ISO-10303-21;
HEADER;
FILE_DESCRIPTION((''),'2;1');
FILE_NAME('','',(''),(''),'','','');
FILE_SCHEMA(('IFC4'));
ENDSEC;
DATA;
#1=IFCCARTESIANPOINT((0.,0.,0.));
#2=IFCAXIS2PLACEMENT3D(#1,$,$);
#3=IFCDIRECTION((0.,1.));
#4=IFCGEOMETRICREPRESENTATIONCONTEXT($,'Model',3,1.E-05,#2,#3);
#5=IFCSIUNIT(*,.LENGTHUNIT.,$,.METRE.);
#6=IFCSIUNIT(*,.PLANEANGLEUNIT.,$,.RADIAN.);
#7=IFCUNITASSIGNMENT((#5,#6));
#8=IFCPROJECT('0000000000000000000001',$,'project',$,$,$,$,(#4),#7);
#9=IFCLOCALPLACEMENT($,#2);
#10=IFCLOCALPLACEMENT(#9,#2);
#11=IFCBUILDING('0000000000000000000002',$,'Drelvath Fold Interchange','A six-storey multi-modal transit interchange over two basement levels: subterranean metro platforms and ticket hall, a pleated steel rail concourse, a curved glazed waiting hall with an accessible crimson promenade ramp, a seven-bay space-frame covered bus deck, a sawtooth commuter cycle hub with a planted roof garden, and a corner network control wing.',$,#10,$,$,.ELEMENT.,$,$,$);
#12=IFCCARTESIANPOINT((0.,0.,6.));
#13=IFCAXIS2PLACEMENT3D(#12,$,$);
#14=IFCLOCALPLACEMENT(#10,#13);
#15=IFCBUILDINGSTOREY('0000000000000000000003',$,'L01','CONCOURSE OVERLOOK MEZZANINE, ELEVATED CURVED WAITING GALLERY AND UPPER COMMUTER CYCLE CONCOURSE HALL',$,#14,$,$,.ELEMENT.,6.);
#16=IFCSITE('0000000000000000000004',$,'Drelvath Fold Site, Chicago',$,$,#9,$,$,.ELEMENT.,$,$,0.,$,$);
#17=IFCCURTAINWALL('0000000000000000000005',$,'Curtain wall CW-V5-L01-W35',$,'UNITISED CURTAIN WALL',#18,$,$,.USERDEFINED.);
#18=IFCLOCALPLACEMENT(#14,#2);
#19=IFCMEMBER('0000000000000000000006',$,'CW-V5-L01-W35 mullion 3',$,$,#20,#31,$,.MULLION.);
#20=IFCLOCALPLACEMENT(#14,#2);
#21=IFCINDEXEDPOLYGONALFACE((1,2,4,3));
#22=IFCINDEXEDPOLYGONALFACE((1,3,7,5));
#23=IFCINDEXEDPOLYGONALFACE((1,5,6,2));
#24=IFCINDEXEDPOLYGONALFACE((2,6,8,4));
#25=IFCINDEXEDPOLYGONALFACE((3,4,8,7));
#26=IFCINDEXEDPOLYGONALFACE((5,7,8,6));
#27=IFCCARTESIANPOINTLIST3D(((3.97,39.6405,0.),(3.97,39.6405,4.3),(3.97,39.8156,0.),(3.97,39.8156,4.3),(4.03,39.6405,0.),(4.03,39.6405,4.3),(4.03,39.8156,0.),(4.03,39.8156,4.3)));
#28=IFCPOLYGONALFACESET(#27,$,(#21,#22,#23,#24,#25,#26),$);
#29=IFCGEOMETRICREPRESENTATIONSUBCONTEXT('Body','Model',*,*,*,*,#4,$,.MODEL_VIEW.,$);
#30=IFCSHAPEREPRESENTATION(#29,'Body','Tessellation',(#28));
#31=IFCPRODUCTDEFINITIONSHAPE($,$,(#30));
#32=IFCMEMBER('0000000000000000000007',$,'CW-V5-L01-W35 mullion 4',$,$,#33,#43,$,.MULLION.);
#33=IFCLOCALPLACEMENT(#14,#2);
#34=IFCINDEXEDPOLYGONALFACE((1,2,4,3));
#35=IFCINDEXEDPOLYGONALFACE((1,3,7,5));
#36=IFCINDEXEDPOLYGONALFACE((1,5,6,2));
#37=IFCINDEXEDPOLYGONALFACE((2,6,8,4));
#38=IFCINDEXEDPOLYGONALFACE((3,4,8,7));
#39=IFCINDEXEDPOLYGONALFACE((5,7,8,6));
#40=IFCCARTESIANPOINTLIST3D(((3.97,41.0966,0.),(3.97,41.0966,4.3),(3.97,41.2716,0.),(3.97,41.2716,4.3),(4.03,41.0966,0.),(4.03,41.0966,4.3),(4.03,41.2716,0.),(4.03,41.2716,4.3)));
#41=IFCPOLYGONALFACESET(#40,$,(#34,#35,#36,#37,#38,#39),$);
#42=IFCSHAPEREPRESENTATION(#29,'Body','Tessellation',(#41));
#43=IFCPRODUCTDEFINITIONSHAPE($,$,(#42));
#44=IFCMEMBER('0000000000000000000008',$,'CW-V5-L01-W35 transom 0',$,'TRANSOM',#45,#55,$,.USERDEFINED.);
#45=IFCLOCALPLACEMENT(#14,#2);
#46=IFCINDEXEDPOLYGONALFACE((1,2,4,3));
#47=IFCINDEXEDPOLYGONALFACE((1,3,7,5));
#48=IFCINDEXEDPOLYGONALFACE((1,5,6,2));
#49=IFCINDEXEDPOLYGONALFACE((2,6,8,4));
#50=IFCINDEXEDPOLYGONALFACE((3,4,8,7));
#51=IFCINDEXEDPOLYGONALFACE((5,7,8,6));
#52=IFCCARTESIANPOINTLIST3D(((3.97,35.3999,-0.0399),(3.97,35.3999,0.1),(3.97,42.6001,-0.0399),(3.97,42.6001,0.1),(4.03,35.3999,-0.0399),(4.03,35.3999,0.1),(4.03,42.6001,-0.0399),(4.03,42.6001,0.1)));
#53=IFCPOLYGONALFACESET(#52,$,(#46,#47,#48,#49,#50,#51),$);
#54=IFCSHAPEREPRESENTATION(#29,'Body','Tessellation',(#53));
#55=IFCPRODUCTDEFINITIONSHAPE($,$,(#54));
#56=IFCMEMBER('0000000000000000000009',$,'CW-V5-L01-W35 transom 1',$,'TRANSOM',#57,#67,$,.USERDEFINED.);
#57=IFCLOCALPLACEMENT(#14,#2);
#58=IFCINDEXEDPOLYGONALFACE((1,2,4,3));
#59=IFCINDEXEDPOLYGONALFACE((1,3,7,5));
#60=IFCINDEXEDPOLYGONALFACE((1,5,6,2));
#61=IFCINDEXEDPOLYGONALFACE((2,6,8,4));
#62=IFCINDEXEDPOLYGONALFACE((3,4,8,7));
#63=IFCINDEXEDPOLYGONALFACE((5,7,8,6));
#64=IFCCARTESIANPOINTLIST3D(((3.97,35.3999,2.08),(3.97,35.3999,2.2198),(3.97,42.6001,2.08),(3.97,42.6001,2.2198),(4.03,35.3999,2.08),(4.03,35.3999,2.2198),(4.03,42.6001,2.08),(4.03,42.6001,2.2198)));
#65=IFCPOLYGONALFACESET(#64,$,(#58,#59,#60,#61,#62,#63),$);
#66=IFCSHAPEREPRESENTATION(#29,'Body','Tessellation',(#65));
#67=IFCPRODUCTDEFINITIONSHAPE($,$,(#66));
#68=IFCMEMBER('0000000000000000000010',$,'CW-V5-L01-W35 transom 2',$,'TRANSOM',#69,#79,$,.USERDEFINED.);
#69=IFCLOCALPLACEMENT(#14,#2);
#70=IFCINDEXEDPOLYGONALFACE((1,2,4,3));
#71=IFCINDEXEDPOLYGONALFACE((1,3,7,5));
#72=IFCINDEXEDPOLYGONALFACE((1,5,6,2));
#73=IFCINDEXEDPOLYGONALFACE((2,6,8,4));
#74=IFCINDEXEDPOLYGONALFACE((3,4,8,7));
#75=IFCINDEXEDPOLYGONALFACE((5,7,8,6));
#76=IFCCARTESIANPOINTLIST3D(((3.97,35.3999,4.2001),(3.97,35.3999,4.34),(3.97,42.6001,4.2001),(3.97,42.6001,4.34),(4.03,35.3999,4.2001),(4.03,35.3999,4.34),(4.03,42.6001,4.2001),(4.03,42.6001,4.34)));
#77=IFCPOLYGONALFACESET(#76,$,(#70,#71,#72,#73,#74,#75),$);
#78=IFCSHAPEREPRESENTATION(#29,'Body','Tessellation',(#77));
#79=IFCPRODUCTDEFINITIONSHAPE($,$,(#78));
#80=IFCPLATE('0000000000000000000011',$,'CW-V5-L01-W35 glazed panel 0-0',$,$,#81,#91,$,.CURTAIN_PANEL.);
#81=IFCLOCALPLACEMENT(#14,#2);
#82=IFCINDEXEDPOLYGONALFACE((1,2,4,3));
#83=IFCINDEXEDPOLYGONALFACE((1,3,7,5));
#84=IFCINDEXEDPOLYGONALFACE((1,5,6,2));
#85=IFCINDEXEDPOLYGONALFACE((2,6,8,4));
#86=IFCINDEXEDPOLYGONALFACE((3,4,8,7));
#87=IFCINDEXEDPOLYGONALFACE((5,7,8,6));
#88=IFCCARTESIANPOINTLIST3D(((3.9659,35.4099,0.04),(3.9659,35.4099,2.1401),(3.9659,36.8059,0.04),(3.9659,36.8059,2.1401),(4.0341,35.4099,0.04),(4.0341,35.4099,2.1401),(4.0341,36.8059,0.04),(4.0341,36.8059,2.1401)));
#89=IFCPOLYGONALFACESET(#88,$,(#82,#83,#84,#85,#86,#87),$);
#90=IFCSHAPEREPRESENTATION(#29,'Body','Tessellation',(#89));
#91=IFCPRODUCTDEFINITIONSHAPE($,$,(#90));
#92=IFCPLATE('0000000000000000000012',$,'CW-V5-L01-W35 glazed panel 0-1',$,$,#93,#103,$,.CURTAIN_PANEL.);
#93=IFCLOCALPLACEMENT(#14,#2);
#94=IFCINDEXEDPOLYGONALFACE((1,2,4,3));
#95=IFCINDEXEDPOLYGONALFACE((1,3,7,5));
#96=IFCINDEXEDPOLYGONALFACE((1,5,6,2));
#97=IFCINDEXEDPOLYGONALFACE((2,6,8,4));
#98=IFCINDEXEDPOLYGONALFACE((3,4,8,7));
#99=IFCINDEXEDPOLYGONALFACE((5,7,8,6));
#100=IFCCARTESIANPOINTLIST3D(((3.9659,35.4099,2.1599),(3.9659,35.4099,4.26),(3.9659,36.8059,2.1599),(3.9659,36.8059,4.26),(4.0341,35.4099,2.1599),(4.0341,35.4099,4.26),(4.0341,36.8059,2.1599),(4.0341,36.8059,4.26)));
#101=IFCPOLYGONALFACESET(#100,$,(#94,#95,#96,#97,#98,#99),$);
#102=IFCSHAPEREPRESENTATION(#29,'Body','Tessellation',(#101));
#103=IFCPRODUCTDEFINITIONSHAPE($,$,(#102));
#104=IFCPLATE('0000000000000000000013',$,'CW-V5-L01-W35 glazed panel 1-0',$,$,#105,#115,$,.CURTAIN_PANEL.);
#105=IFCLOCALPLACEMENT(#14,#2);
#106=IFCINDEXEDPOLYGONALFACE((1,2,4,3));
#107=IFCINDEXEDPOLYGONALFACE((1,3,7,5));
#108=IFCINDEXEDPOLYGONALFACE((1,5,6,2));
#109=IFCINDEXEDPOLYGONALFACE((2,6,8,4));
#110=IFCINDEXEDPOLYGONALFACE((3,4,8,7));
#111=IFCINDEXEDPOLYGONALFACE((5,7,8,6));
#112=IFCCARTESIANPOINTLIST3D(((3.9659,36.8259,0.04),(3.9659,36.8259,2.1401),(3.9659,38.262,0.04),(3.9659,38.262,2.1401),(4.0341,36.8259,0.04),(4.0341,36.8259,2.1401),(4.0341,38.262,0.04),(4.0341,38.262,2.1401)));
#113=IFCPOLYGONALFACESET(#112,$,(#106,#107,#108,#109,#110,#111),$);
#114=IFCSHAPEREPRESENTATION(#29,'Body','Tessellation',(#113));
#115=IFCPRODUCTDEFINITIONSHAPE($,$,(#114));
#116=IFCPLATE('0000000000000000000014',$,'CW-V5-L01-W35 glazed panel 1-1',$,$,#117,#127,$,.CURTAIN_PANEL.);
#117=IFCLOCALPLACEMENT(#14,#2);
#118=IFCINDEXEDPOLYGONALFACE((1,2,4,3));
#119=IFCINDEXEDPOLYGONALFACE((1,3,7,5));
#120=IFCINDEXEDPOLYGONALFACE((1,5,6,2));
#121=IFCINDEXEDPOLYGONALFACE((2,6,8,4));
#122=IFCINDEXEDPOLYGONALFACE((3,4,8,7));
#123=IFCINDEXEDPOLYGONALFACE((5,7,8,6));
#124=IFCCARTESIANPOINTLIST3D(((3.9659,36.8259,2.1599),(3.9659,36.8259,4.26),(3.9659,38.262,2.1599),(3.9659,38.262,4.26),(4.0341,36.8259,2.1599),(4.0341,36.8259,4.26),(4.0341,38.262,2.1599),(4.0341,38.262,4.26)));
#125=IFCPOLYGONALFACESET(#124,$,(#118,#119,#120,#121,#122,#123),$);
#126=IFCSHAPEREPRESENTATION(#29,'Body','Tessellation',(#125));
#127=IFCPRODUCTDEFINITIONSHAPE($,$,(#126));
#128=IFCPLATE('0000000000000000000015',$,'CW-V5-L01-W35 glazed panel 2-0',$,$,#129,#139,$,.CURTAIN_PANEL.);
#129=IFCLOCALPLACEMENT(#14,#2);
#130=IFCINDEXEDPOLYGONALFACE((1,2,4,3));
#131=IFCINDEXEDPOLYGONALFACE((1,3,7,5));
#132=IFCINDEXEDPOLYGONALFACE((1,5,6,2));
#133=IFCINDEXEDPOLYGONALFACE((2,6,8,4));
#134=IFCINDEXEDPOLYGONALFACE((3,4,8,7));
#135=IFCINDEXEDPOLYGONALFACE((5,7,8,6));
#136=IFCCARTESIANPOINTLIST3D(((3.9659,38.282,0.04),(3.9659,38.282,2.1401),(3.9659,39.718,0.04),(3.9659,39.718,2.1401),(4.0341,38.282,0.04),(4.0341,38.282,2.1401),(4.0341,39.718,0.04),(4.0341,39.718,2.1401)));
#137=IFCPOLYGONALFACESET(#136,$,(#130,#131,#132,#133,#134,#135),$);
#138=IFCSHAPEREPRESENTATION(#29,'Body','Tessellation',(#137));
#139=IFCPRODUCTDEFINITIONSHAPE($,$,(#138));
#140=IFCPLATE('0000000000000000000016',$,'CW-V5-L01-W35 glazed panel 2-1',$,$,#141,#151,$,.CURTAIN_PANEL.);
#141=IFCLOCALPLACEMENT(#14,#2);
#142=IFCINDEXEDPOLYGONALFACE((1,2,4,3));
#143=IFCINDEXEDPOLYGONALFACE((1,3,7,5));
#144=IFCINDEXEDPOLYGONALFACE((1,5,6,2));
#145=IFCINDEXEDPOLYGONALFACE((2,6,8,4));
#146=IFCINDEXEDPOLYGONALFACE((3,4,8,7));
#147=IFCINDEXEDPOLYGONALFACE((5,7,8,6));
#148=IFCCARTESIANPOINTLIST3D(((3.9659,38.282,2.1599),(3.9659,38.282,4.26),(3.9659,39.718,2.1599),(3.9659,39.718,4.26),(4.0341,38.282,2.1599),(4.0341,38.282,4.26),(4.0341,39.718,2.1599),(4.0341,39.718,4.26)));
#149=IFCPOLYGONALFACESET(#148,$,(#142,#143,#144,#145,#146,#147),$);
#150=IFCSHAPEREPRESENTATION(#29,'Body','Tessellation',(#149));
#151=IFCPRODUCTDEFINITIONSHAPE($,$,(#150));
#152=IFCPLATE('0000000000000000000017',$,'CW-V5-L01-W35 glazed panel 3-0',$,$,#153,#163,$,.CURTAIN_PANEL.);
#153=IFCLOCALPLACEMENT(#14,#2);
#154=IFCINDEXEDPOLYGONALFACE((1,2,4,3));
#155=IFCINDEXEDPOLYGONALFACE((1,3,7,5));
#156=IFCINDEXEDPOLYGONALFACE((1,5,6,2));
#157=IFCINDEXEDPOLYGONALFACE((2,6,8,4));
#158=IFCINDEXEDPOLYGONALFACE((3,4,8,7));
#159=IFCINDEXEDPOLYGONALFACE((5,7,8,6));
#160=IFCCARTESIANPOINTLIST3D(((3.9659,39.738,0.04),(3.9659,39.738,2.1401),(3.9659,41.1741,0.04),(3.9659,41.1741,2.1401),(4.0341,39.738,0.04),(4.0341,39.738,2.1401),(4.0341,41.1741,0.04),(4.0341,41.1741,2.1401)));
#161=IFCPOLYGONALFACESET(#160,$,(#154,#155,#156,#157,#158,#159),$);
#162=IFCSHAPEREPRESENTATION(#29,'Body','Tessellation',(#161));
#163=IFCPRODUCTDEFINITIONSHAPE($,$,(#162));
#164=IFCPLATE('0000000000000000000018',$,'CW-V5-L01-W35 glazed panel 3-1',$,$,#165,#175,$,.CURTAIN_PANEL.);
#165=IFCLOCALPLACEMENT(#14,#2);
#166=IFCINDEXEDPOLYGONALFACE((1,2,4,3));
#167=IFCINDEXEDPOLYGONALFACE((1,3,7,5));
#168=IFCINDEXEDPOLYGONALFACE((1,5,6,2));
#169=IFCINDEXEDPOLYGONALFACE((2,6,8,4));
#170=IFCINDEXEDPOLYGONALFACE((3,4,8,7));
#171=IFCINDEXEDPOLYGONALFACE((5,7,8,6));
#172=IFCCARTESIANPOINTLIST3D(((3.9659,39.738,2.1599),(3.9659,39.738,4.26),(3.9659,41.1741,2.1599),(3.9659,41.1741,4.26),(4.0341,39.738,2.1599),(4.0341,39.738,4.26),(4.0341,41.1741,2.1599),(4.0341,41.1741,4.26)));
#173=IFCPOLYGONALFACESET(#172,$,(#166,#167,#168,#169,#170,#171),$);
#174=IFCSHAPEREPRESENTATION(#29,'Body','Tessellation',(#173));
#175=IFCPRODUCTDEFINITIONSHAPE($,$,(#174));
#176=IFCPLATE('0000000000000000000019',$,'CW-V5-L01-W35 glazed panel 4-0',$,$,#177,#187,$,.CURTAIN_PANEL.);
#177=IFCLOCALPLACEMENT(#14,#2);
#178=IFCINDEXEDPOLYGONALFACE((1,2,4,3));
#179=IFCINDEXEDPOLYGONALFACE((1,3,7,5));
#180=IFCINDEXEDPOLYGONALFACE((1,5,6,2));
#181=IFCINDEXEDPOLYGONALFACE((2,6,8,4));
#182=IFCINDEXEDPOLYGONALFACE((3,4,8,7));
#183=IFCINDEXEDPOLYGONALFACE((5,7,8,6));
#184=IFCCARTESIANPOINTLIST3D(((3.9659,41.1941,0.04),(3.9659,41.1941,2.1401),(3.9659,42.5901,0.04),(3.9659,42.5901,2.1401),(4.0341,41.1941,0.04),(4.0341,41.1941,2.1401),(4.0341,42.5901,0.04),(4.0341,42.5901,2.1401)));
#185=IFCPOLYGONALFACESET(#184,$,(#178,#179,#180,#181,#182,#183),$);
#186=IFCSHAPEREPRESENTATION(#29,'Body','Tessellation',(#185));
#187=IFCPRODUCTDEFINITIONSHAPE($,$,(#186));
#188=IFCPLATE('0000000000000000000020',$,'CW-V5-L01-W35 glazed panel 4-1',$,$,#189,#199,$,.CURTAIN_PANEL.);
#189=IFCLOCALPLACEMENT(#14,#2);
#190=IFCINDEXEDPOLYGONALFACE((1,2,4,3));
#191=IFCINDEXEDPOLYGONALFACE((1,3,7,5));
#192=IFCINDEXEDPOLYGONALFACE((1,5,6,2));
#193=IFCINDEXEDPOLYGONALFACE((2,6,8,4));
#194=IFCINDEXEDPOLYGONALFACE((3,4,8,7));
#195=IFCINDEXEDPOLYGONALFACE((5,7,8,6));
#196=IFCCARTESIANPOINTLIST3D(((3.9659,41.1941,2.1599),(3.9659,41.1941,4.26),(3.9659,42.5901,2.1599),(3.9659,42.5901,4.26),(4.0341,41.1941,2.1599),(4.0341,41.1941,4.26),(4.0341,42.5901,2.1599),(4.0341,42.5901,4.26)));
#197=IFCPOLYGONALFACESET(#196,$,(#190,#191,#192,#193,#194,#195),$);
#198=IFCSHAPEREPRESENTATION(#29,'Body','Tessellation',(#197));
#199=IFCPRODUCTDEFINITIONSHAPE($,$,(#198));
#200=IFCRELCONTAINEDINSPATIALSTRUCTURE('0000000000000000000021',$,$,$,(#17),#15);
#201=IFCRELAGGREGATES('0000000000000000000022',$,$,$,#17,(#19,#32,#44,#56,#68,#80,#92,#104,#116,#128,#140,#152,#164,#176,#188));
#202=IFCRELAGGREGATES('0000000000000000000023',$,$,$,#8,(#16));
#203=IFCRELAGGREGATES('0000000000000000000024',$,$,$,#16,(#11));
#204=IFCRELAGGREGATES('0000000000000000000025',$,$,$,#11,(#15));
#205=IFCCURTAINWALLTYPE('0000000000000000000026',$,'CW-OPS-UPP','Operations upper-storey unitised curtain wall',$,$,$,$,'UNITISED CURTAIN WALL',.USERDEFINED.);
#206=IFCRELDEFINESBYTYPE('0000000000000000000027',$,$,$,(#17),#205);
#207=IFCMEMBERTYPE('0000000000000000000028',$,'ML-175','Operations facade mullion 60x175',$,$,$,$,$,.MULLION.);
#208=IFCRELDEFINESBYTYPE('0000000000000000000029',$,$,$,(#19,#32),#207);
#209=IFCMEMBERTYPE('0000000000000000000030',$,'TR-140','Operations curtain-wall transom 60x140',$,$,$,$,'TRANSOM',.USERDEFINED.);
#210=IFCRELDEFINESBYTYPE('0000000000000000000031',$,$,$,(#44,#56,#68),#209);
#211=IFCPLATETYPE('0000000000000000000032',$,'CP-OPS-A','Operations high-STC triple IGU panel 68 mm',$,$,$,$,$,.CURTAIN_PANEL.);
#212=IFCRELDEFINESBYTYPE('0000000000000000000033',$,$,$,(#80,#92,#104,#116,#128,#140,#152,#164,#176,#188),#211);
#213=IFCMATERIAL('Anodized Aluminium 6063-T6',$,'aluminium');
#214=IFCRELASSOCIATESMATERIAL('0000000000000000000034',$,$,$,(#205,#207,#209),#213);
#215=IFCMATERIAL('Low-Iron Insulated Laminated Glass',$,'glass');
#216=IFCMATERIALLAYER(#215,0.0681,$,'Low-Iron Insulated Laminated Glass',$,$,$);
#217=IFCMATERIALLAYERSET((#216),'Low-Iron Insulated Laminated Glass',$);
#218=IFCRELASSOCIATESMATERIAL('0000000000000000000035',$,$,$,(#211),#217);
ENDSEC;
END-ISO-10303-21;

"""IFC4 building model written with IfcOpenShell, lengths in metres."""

from ifc_helpers import new_model, si_unit, direction, frame, origin, origin_2d, place, context, subcontext, project, spatial, rectangle, extrude, material, layer, layer_set, material_profile, profile_set, type_object, element, aggregate, save


model = new_model("IFC4")

# Units and contexts
model_context = context("Model", 3, precision=1e-05, world=origin(), true_north=direction((0.0, 1.0)))
body_context = subcontext(model_context, "Body", "Model", "MODEL_VIEW")
ifc_project = project(units=[si_unit("LENGTHUNIT", "METRE"), si_unit("PLANEANGLEUNIT", "RADIAN")], contexts=[model_context])

# Site, building, storey
site_placement = place(None, origin())
site = spatial("IfcSite", under=ifc_project, at=site_placement, Name="Drelvath Fold Site, Chicago", CompositionType="ELEMENT", RefElevation=0.0)
building_placement = place(site_placement, origin())
building = spatial("IfcBuilding", under=site, at=building_placement, Name="Drelvath Fold Interchange", Description="A six-storey multi-modal transit interchange over two basement levels: subterranean metro platforms and ticket hall, a pleated steel rail concourse, a curved glazed waiting hall with an accessible crimson promenade ramp, a seven-bay space-frame covered bus deck, a sawtooth commuter cycle hub with a planted roof garden, and a corner network control wing.", CompositionType="ELEMENT")
storey_placement = place(building_placement, frame((0.0, 0.0, 6.0)))
storey = spatial("IfcBuildingStorey", under=building, at=storey_placement, Name="L01", Description="CONCOURSE OVERLOOK MEZZANINE, ELEVATED CURVED WAITING GALLERY AND UPPER COMMUTER CYCLE CONCOURSE HALL", CompositionType="ELEMENT", Elevation=6.0)

# Curtain wall, members, plates
ifc_material_1 = material(Name="Anodized Aluminium 6063-T6", Category="aluminium")
curtain_wall_type = type_object("IfcCurtainWallType", Name="CW-OPS-UPP", Description="Operations upper-storey unitised curtain wall", ElementType="UNITISED CURTAIN WALL", PredefinedType="USERDEFINED", material=ifc_material_1)
curtain_wall_placement = place(storey_placement, origin())
curtain_wall = element("IfcCurtainWall", 1, at=curtain_wall_placement, inside=storey, type_object=curtain_wall_type, Name="Curtain wall CW-V5-L01-W35", ObjectType="UNITISED CURTAIN WALL", PredefinedType="USERDEFINED")
ifc_material_profile_1 = material_profile(ifc_material_1, rectangle(XDim=0.0601, YDim=0.175, at=origin_2d()), Name="AL-M 60x175")
ifc_profile_set_1 = profile_set([ifc_material_profile_1], Name="Anodized Aluminium 6063-T6")
member_type_1 = type_object("IfcMemberType", Name="ML-175", Description="Operations facade mullion 60x175", PredefinedType="MULLION", material=ifc_profile_set_1)
member_1_placement = place(storey_placement, frame((4.0, 39.728, 0.0), z_axis=(0.0, 0.0, 1.0), x_axis=(1.0, 0.0, 0.0)))
member_1 = element("IfcMember", 2, at=member_1_placement, type_object=member_type_1, Name="CW-V5-L01-W35 mullion 3", PredefinedType="MULLION", context=body_context, shape_type="SweptSolid", body=[
    extrude(rectangle(XDim=0.0601, YDim=0.175, at=origin_2d()), origin(), (0.0, 0.0, 1.0), 4.3),
])
member_2_placement = place(storey_placement, frame((4.0, 41.1841, 0.0), z_axis=(0.0, 0.0, 1.0), x_axis=(1.0, 0.0, 0.0)))
member_2 = element("IfcMember", 3, at=member_2_placement, type_object=member_type_1, Name="CW-V5-L01-W35 mullion 4", PredefinedType="MULLION", context=body_context, shape_type="SweptSolid", body=[
    extrude(rectangle(XDim=0.0601, YDim=0.175, at=origin_2d()), origin(), (0.0, 0.0, 1.0), 4.3),
])
ifc_material_profile_2 = material_profile(ifc_material_1, rectangle(XDim=0.0601, YDim=0.1399, at=origin_2d()), Name="AL-T 60x140")
ifc_profile_set_2 = profile_set([ifc_material_profile_2], Name="Anodized Aluminium 6063-T6")
member_type_2 = type_object("IfcMemberType", Name="TR-140", Description="Operations curtain-wall transom 60x140", ElementType="TRANSOM", PredefinedType="USERDEFINED", material=ifc_profile_set_2)
member_3_placement = place(storey_placement, frame((4.0, 35.3999, 0.03), z_axis=(0.0, 1.0, 0.0), x_axis=(-1.0, 0.0, 0.0)))
member_3 = element("IfcMember", 4, at=member_3_placement, type_object=member_type_2, Name="CW-V5-L01-W35 transom 0", ObjectType="TRANSOM", PredefinedType="USERDEFINED", context=body_context, shape_type="SweptSolid", body=[
    extrude(rectangle(XDim=0.0601, YDim=0.1399, at=origin_2d()), origin(), (0.0, 0.0, 1.0), 7.2002),
])
member_4_placement = place(storey_placement, frame((4.0, 35.3999, 2.1499), z_axis=(0.0, 1.0, 0.0), x_axis=(-1.0, 0.0, 0.0)))
member_4 = element("IfcMember", 5, at=member_4_placement, type_object=member_type_2, Name="CW-V5-L01-W35 transom 1", ObjectType="TRANSOM", PredefinedType="USERDEFINED", context=body_context, shape_type="SweptSolid", body=[
    extrude(rectangle(XDim=0.0601, YDim=0.1399, at=origin_2d()), origin(), (0.0, 0.0, 1.0), 7.2002),
])
member_5_placement = place(storey_placement, frame((4.0, 35.3999, 4.27), z_axis=(0.0, 1.0, 0.0), x_axis=(-1.0, 0.0, 0.0)))
member_5 = element("IfcMember", 6, at=member_5_placement, type_object=member_type_2, Name="CW-V5-L01-W35 transom 2", ObjectType="TRANSOM", PredefinedType="USERDEFINED", context=body_context, shape_type="SweptSolid", body=[
    extrude(rectangle(XDim=0.0601, YDim=0.1399, at=origin_2d()), origin(), (0.0, 0.0, 1.0), 7.2002),
])
ifc_material_2 = material(Name="Low-Iron Insulated Laminated Glass", Category="glass")
ifc_layer_1 = layer(ifc_material_2, 0.0681, Name="Low-Iron Insulated Laminated Glass")
ifc_layer_set_1 = layer_set([ifc_layer_1], Name="Low-Iron Insulated Laminated Glass")
plate_type = type_object("IfcPlateType", Name="CP-OPS-A", Description="Operations high-STC triple IGU panel 68 mm", PredefinedType="CURTAIN_PANEL", material=ifc_layer_set_1)
plate_1_placement = place(storey_placement, frame((4.0, 36.1079, 0.04), z_axis=(0.0, 0.0, 1.0), x_axis=(0.0, 1.0, 0.0)))
plate_1 = element("IfcPlate", 7, at=plate_1_placement, type_object=plate_type, Name="CW-V5-L01-W35 glazed panel 0-0", PredefinedType="CURTAIN_PANEL", context=body_context, shape_type="SweptSolid", body=[
    extrude(rectangle(XDim=1.396, YDim=0.0681, at=origin_2d()), origin(), (0.0, 0.0, 1.0), 2.1001),
])
plate_2_placement = place(storey_placement, frame((4.0, 36.1079, 2.1599), z_axis=(0.0, 0.0, 1.0), x_axis=(0.0, 1.0, 0.0)))
plate_2 = element("IfcPlate", 8, at=plate_2_placement, type_object=plate_type, Name="CW-V5-L01-W35 glazed panel 0-1", PredefinedType="CURTAIN_PANEL", context=body_context, shape_type="SweptSolid", body=[
    extrude(rectangle(XDim=1.396, YDim=0.0681, at=origin_2d()), origin(), (0.0, 0.0, 1.0), 2.1001),
])
plate_3_placement = place(storey_placement, frame((4.0, 37.5439, 0.04), z_axis=(0.0, 0.0, 1.0), x_axis=(0.0, 1.0, 0.0)))
plate_3 = element("IfcPlate", 9, at=plate_3_placement, type_object=plate_type, Name="CW-V5-L01-W35 glazed panel 1-0", PredefinedType="CURTAIN_PANEL", context=body_context, shape_type="SweptSolid", body=[
    extrude(rectangle(XDim=1.436, YDim=0.0681, at=origin_2d()), origin(), (0.0, 0.0, 1.0), 2.1001),
])
plate_4_placement = place(storey_placement, frame((4.0, 37.5439, 2.1599), z_axis=(0.0, 0.0, 1.0), x_axis=(0.0, 1.0, 0.0)))
plate_4 = element("IfcPlate", 10, at=plate_4_placement, type_object=plate_type, Name="CW-V5-L01-W35 glazed panel 1-1", PredefinedType="CURTAIN_PANEL", context=body_context, shape_type="SweptSolid", body=[
    extrude(rectangle(XDim=1.436, YDim=0.0681, at=origin_2d()), origin(), (0.0, 0.0, 1.0), 2.1001),
])
plate_5_placement = place(storey_placement, frame((4.0, 39.0, 0.04), z_axis=(0.0, 0.0, 1.0), x_axis=(0.0, 1.0, 0.0)))
plate_5 = element("IfcPlate", 11, at=plate_5_placement, type_object=plate_type, Name="CW-V5-L01-W35 glazed panel 2-0", PredefinedType="CURTAIN_PANEL", context=body_context, shape_type="SweptSolid", body=[
    extrude(rectangle(XDim=1.436, YDim=0.0681, at=origin_2d()), origin(), (0.0, 0.0, 1.0), 2.1001),
])
plate_6_placement = place(storey_placement, frame((4.0, 39.0, 2.1599), z_axis=(0.0, 0.0, 1.0), x_axis=(0.0, 1.0, 0.0)))
plate_6 = element("IfcPlate", 12, at=plate_6_placement, type_object=plate_type, Name="CW-V5-L01-W35 glazed panel 2-1", PredefinedType="CURTAIN_PANEL", context=body_context, shape_type="SweptSolid", body=[
    extrude(rectangle(XDim=1.436, YDim=0.0681, at=origin_2d()), origin(), (0.0, 0.0, 1.0), 2.1001),
])
plate_7_placement = place(storey_placement, frame((4.0, 40.4561, 0.04), z_axis=(0.0, 0.0, 1.0), x_axis=(0.0, 1.0, 0.0)))
plate_7 = element("IfcPlate", 13, at=plate_7_placement, type_object=plate_type, Name="CW-V5-L01-W35 glazed panel 3-0", PredefinedType="CURTAIN_PANEL", context=body_context, shape_type="SweptSolid", body=[
    extrude(rectangle(XDim=1.436, YDim=0.0681, at=origin_2d()), origin(), (0.0, 0.0, 1.0), 2.1001),
])
plate_8_placement = place(storey_placement, frame((4.0, 40.4561, 2.1599), z_axis=(0.0, 0.0, 1.0), x_axis=(0.0, 1.0, 0.0)))
plate_8 = element("IfcPlate", 14, at=plate_8_placement, type_object=plate_type, Name="CW-V5-L01-W35 glazed panel 3-1", PredefinedType="CURTAIN_PANEL", context=body_context, shape_type="SweptSolid", body=[
    extrude(rectangle(XDim=1.436, YDim=0.0681, at=origin_2d()), origin(), (0.0, 0.0, 1.0), 2.1001),
])
plate_9_placement = place(storey_placement, frame((4.0, 41.8921, 0.04), z_axis=(0.0, 0.0, 1.0), x_axis=(0.0, 1.0, 0.0)))
plate_9 = element("IfcPlate", 15, at=plate_9_placement, type_object=plate_type, Name="CW-V5-L01-W35 glazed panel 4-0", PredefinedType="CURTAIN_PANEL", context=body_context, shape_type="SweptSolid", body=[
    extrude(rectangle(XDim=1.396, YDim=0.0681, at=origin_2d()), origin(), (0.0, 0.0, 1.0), 2.1001),
])
plate_10_placement = place(storey_placement, frame((4.0, 41.8921, 2.1599), z_axis=(0.0, 0.0, 1.0), x_axis=(0.0, 1.0, 0.0)))
plate_10 = element("IfcPlate", 16, at=plate_10_placement, type_object=plate_type, Name="CW-V5-L01-W35 glazed panel 4-1", PredefinedType="CURTAIN_PANEL", context=body_context, shape_type="SweptSolid", body=[
    extrude(rectangle(XDim=1.396, YDim=0.0681, at=origin_2d()), origin(), (0.0, 0.0, 1.0), 2.1001),
])
aggregate(curtain_wall, [member_1, member_2, member_3, member_4, member_5, plate_1, plate_2, plate_3, plate_4, plate_5, plate_6, plate_7, plate_8, plate_9, plate_10])

save(model, "model.ifc")
